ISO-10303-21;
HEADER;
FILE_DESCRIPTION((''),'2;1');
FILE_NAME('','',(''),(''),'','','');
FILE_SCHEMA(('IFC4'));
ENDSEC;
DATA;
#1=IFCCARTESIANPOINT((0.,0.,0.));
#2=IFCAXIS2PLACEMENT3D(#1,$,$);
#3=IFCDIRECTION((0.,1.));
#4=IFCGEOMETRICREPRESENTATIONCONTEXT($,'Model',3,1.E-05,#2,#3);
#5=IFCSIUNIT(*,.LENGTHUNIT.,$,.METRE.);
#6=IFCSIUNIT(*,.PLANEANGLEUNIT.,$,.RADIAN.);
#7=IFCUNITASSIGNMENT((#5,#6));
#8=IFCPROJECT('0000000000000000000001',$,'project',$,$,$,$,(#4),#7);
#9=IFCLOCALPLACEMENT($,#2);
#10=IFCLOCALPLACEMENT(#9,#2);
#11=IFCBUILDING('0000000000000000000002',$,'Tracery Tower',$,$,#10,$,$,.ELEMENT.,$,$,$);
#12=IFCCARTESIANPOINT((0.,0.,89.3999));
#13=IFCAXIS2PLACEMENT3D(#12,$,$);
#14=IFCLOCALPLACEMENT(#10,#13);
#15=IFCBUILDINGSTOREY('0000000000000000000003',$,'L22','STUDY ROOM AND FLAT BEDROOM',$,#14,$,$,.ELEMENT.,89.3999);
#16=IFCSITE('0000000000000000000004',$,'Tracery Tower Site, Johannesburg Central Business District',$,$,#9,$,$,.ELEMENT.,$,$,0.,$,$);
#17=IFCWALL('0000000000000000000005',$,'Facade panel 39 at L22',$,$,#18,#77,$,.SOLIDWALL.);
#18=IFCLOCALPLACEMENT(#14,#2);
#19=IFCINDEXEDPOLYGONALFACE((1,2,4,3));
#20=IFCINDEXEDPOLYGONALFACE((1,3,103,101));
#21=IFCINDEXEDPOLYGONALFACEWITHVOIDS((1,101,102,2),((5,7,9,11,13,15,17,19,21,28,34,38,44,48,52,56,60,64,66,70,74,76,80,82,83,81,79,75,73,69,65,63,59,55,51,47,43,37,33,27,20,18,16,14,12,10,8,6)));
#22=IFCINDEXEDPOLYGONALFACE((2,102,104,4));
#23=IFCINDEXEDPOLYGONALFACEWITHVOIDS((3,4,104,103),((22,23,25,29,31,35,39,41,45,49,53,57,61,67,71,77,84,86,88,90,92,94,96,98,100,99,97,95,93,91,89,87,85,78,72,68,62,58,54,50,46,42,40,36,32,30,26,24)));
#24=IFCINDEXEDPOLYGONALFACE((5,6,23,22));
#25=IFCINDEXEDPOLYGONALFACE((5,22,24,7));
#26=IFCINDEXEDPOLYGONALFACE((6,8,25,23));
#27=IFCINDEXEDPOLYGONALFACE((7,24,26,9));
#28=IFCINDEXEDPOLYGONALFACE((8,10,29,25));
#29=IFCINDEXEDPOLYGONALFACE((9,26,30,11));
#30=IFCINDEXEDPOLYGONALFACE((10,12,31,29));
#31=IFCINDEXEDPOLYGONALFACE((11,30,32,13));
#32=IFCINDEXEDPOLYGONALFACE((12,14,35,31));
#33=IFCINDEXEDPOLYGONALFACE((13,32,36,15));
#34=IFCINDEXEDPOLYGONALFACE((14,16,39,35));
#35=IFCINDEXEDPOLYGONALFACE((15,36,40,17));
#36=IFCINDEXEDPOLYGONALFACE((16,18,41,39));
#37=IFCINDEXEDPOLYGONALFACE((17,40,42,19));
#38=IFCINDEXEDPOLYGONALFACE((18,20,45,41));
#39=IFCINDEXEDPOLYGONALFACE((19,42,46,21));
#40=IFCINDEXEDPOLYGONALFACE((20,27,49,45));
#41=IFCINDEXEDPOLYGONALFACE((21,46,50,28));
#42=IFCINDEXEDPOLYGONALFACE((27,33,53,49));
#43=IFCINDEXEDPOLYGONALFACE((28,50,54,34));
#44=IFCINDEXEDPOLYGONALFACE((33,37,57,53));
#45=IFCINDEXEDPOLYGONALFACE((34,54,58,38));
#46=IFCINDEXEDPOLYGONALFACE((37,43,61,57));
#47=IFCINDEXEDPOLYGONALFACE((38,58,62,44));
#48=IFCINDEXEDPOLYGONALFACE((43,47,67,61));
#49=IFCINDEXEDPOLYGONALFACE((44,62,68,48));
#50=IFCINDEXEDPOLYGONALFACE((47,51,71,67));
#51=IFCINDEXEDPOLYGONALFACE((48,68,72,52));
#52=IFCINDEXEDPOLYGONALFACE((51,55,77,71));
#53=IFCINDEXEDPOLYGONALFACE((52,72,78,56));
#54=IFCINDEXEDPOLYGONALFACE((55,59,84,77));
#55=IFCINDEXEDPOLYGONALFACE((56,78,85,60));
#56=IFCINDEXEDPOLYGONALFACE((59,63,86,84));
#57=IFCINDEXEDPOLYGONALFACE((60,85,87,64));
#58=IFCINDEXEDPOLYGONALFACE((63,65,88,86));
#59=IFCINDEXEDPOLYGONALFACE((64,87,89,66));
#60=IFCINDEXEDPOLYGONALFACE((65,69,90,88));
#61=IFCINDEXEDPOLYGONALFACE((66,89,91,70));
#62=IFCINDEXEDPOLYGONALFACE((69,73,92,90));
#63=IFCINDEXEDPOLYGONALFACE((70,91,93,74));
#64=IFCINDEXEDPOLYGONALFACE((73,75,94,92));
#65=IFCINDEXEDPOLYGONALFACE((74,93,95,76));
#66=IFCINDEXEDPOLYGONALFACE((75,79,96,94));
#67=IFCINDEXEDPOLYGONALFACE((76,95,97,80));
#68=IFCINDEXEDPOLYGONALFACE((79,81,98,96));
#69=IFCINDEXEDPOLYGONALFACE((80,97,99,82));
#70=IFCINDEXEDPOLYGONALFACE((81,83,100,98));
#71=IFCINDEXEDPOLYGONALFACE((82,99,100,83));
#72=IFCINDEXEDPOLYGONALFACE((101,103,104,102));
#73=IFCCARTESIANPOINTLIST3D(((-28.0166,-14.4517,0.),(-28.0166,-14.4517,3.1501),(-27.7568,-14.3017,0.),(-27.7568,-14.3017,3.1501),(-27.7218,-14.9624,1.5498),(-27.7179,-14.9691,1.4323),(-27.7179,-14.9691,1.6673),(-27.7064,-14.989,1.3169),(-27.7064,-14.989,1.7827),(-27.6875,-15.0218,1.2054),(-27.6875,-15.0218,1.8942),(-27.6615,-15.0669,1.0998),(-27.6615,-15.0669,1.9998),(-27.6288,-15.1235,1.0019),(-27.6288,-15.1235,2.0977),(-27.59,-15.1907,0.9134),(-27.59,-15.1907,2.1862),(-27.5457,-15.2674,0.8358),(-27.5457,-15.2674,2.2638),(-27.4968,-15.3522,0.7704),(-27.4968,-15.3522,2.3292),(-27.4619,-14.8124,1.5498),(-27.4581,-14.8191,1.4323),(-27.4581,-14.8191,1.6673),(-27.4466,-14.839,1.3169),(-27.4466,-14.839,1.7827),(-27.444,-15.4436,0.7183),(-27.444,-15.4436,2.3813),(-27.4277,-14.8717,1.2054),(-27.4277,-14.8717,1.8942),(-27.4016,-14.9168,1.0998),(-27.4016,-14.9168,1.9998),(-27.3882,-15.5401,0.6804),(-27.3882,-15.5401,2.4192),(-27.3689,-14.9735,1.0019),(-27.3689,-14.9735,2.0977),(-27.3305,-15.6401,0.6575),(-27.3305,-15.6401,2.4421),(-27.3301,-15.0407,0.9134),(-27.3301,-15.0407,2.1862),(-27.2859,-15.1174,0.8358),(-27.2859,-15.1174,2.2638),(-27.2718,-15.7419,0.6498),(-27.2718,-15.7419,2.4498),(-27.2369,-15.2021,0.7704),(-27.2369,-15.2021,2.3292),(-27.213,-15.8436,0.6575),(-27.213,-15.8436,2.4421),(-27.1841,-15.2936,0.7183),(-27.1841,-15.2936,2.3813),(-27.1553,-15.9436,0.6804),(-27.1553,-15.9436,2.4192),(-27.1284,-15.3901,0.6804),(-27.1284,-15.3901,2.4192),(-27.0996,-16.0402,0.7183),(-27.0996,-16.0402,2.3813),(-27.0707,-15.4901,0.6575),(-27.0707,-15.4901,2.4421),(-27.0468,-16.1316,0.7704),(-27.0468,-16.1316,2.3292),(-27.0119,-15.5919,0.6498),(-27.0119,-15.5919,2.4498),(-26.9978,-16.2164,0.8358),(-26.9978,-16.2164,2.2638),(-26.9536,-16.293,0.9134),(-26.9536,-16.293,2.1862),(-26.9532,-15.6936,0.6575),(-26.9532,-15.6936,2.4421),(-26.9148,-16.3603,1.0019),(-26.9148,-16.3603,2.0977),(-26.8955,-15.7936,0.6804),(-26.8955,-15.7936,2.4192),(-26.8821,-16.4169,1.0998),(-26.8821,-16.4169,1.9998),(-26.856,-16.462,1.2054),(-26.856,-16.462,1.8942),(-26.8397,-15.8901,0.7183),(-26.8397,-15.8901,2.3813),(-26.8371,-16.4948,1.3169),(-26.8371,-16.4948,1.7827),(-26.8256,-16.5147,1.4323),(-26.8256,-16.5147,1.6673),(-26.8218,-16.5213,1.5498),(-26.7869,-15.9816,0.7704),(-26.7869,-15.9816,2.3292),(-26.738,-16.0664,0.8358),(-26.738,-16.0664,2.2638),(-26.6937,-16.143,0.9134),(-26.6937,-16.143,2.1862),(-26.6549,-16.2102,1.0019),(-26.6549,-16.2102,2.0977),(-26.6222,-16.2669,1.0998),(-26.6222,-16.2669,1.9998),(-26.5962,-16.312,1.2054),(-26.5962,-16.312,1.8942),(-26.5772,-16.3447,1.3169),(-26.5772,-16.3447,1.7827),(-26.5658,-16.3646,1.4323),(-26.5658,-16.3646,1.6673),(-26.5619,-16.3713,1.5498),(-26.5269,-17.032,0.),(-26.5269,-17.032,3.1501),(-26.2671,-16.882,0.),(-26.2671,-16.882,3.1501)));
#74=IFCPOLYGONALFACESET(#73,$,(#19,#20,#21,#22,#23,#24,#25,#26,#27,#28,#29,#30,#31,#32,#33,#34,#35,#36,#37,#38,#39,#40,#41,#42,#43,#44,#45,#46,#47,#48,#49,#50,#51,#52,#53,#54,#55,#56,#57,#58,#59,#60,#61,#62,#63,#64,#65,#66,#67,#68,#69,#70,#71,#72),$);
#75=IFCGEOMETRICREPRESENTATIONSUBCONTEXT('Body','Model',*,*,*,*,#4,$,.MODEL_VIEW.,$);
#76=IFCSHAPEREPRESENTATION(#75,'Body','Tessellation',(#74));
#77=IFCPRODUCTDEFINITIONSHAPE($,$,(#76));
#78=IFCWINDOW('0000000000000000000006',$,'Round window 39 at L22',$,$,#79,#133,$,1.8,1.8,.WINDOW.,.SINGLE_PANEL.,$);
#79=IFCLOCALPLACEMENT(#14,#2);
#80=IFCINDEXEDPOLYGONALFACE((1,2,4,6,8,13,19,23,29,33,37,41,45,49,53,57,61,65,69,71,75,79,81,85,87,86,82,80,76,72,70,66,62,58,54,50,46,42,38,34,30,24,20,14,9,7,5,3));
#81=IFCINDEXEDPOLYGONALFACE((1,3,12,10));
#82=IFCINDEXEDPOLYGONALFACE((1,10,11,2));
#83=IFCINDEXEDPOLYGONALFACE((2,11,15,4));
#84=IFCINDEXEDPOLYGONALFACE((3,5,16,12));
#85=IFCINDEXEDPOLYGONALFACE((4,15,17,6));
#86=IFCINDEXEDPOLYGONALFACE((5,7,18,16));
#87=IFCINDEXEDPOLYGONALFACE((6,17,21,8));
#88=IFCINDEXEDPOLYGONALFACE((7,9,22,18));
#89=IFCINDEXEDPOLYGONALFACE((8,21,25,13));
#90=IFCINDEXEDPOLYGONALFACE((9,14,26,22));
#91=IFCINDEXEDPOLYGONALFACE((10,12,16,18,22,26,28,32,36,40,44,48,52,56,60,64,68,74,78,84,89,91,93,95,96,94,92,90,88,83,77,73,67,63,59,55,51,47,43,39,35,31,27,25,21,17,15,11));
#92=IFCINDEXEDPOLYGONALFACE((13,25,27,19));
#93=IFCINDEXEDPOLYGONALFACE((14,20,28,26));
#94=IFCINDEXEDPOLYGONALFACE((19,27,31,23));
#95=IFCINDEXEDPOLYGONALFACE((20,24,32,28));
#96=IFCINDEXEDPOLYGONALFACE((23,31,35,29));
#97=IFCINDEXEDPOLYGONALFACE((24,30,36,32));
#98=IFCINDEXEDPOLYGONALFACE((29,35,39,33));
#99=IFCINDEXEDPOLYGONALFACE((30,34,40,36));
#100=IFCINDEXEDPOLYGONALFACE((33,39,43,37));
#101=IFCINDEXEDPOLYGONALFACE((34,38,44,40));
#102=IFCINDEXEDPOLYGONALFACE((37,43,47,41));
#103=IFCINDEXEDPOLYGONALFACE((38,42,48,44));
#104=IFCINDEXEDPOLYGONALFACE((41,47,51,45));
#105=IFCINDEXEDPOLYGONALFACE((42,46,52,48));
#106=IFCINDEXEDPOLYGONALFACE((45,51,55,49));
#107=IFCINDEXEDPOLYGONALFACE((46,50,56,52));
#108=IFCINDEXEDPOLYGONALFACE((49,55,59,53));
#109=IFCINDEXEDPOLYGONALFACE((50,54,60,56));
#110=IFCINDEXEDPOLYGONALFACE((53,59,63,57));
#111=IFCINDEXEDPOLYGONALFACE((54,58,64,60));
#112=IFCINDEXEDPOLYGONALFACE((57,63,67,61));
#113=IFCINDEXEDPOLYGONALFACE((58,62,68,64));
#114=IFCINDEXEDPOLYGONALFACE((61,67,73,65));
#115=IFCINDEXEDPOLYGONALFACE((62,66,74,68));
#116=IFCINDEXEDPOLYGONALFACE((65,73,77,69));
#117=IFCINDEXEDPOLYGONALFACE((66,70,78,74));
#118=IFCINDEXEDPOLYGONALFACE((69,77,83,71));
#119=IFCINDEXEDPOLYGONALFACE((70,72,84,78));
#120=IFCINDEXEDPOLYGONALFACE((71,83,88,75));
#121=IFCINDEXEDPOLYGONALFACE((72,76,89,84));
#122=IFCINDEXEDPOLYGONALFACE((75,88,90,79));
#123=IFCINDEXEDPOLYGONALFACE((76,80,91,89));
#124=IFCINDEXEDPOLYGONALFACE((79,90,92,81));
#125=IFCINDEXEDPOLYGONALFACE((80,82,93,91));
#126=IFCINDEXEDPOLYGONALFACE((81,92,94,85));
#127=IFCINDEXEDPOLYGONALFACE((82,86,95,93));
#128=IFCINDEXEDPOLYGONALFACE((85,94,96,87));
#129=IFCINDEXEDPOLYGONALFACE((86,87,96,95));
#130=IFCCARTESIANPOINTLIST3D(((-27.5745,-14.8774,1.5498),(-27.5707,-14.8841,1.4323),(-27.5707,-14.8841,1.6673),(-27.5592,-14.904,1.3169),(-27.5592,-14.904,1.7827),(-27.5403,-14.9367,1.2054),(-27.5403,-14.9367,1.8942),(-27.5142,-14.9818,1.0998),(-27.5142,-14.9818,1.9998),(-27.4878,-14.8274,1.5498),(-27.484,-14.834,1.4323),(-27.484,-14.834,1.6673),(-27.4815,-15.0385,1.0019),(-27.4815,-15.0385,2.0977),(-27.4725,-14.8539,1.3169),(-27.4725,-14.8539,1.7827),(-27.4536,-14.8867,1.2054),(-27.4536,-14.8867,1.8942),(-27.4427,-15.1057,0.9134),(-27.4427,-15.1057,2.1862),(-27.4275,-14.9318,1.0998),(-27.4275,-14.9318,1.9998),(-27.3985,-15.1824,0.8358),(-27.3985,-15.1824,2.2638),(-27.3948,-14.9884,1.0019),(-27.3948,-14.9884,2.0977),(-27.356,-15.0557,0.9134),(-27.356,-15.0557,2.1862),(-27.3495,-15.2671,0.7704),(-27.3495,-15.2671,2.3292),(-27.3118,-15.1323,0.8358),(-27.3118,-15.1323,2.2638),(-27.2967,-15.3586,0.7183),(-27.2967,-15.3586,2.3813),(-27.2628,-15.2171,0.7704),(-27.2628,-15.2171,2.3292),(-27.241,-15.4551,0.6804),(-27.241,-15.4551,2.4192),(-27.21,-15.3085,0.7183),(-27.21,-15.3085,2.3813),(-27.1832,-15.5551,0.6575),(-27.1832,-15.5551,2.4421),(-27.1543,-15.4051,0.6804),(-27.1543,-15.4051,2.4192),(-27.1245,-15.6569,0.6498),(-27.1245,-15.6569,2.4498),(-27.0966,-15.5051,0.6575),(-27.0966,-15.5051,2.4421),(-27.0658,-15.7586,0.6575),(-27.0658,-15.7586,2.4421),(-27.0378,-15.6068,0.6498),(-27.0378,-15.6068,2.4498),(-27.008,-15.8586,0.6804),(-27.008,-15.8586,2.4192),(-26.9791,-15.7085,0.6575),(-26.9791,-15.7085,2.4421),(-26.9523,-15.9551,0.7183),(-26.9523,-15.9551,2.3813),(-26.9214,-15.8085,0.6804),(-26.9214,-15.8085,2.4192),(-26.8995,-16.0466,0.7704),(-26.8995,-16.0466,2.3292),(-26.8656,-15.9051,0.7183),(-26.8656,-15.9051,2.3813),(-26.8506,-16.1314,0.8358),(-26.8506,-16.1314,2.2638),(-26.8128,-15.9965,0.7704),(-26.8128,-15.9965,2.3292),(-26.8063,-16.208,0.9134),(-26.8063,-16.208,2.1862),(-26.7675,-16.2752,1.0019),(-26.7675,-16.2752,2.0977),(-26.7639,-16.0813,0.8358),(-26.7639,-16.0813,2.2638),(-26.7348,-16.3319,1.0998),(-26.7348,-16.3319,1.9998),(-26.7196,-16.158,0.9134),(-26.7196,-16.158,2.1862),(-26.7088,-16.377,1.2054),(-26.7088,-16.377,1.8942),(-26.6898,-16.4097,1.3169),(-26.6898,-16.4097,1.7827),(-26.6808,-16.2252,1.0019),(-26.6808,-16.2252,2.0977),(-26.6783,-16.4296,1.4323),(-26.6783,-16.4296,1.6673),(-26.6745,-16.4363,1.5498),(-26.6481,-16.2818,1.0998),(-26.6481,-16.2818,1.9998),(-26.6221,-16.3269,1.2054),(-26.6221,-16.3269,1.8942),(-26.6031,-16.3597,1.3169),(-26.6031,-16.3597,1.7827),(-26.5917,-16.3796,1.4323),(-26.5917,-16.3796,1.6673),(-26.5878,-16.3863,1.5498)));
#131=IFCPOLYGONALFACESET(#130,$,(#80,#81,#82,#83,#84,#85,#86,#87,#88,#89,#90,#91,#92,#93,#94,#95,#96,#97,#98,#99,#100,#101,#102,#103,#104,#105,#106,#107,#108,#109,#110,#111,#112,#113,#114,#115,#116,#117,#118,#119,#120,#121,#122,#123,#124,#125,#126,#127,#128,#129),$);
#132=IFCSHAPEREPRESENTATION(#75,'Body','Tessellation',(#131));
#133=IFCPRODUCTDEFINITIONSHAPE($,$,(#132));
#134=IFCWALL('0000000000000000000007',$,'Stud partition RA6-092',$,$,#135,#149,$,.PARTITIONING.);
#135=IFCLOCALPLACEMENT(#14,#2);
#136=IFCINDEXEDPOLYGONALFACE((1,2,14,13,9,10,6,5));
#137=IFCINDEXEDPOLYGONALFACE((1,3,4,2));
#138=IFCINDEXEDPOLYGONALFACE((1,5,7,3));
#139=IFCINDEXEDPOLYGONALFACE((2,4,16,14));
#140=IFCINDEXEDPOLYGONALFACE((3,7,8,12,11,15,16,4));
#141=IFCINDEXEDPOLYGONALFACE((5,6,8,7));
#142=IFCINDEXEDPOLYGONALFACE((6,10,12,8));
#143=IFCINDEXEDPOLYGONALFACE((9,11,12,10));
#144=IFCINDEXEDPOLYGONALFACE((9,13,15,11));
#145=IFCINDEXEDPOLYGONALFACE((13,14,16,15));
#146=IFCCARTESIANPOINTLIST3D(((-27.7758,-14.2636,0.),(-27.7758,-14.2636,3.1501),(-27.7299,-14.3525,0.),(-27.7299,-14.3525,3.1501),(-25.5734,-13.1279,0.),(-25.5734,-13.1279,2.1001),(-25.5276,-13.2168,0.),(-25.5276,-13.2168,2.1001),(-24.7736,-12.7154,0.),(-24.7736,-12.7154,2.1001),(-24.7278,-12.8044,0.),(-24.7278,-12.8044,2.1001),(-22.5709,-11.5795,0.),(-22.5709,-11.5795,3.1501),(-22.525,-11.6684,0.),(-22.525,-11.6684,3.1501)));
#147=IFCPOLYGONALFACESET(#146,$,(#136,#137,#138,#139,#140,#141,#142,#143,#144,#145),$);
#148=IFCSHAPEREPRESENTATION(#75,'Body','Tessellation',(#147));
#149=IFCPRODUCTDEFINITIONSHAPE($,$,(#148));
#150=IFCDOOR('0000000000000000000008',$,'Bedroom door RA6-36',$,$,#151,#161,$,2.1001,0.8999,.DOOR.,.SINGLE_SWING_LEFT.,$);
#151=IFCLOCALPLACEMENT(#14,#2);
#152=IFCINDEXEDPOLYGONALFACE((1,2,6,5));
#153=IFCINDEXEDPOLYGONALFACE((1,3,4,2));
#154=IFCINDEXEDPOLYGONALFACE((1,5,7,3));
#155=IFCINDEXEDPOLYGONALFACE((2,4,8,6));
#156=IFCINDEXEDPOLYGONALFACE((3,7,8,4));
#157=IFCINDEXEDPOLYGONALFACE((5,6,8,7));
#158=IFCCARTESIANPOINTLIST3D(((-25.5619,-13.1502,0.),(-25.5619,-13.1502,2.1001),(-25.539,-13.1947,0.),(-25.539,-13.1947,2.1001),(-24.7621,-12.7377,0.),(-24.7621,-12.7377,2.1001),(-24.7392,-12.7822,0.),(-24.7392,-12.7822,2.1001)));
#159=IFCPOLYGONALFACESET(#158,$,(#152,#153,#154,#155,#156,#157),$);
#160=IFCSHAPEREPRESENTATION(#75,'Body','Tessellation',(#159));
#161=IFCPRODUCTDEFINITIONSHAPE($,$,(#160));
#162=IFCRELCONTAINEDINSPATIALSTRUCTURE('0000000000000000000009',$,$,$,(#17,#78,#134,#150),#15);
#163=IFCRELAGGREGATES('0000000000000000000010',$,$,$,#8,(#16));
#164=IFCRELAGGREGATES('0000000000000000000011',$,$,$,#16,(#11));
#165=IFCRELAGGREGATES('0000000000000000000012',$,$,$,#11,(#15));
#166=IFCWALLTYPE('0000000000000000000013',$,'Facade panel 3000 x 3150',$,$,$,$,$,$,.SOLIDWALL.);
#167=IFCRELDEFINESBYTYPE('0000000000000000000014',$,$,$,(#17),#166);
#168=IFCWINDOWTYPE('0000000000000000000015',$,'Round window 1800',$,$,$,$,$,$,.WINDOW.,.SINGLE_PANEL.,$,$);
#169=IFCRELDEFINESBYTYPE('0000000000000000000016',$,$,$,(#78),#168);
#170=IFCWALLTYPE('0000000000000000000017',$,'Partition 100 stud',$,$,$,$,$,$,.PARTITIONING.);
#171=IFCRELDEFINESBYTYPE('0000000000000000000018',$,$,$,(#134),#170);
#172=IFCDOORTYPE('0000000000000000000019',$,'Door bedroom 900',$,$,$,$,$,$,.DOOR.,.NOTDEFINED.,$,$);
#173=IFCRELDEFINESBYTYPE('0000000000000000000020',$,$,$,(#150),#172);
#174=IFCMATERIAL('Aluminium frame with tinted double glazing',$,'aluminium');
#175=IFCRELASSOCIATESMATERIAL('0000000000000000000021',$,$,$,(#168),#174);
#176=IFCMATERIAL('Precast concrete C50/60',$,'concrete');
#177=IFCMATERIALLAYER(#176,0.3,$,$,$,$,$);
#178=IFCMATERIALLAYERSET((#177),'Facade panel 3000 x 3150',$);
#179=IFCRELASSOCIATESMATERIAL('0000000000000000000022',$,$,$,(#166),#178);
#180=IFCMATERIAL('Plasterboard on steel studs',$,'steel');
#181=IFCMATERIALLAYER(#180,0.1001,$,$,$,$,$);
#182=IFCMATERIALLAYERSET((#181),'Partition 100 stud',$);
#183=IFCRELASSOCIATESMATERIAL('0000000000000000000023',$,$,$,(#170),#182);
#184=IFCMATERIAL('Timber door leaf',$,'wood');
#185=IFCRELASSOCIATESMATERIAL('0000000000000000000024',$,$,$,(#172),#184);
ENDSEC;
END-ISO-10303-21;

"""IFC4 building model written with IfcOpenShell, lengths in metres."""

from ifc_helpers import new_model, si_unit, direction, frame, frame_2d, origin, origin_2d, place, context, subcontext, project, spatial, rectangle, circle, extrude, material, layer, layer_set, type_object, element, fill, save


model = new_model("IFC4")

# Units and contexts
model_context = context("Model", 3, precision=1e-05, world=origin(), true_north=direction((0.0, 1.0)))
body_context = subcontext(model_context, "Body", "Model", "MODEL_VIEW")
ifc_project = project(units=[si_unit("LENGTHUNIT", "METRE"), si_unit("PLANEANGLEUNIT", "RADIAN")], contexts=[model_context])

# Site, building, storey
site_placement = place(None, origin())
site = spatial("IfcSite", under=ifc_project, at=site_placement, Name="Tracery Tower Site, Johannesburg Central Business District", CompositionType="ELEMENT", RefElevation=0.0)
building_placement = place(site_placement, origin())
building = spatial("IfcBuilding", under=site, at=building_placement, Name="Tracery Tower", CompositionType="ELEMENT")
storey_placement = place(building_placement, frame((0.0, 0.0, 89.3999)))
storey = spatial("IfcBuildingStorey", under=building, at=storey_placement, Name="L22", Description="STUDY ROOM AND FLAT BEDROOM", CompositionType="ELEMENT", Elevation=89.3999)

# Wall, opening, window
ifc_material_1 = material(Name="Aluminium frame with tinted double glazing", Category="aluminium")
window_type = type_object("IfcWindowType", Name="Round window 1800", PartitioningType="SINGLE_PANEL", PredefinedType="WINDOW", material=ifc_material_1)
ifc_material_2 = material(Name="Precast concrete C50/60", Category="concrete")
ifc_layer_1 = layer(ifc_material_2, 0.3)
ifc_layer_set_1 = layer_set([ifc_layer_1], Name="Facade panel 3000 x 3150")
wall_type_1 = type_object("IfcWallType", Name="Facade panel 3000 x 3150", PredefinedType="SOLIDWALL", material=ifc_layer_set_1)
wall_1_placement = place(storey_placement, frame((-27.8867, -14.3767, 0.0), z_axis=(0.0, 0.0, 1.0), x_axis=(0.499999, -0.866026, 0.0)))
wall_1 = element("IfcWall", 1, at=wall_1_placement, inside=storey, type_object=wall_type_1, Name="Facade panel 39 at L22", PredefinedType="SOLIDWALL", context=body_context, shape_type="SweptSolid", body=[
    extrude(rectangle(XDim=2.9795, YDim=0.3, at=frame_2d((1.4897, 0.0))), origin(), (0.0, 0.0, 1.0), 3.1501),
])
opening_1_placement = place(wall_1_placement, frame((1.4897, 0.0, 1.5498)))
opening_1 = element("IfcOpeningElement", 2, at=opening_1_placement, cuts=wall_1, PredefinedType="OPENING", context=body_context, shape_type="SweptSolid", body=[
    extrude(circle(Radius=0.9, at=origin_2d()), frame((0.0, 0.1599, 0.0), z_axis=(0.0, -1.0, 0.0), x_axis=(1.0, 0.0, 0.0)), (0.0, 0.0, 1.0), 0.3201),
])
window_1_placement = place(opening_1_placement, origin())
window_1 = element("IfcWindow", 3, at=window_1_placement, inside=storey, type_object=window_type, Name="Round window 39 at L22", OverallHeight=1.8, OverallWidth=1.8, PartitioningType="SINGLE_PANEL", PredefinedType="WINDOW", context=body_context, shape_type="SweptSolid", body=[
    extrude(circle(Radius=0.9, at=origin_2d()), frame((0.0, 0.1201, 0.0), z_axis=(0.0, -1.0, 0.0), x_axis=(1.0, 0.0, 0.0)), (0.0, 0.0, 1.0), 0.1001),
])
fill(opening_1, window_1)

# Wall, opening, door
ifc_material_3 = material(Name="Plasterboard on steel studs", Category="steel")
ifc_layer_2 = layer(ifc_material_3, 0.1001)
ifc_layer_set_2 = layer_set([ifc_layer_2], Name="Partition 100 stud")
wall_type_2 = type_object("IfcWallType", Name="Partition 100 stud", PredefinedType="PARTITIONING", material=ifc_layer_set_2)
wall_2_placement = place(storey_placement, frame((-27.7529, -14.3081, 0.0), z_axis=(0.0, 0.0, 1.0), x_axis=(0.88878, 0.458335, 0.0)))
wall_2 = element("IfcWall", 4, at=wall_2_placement, inside=storey, type_object=wall_type_2, Name="Stud partition RA6-092", PredefinedType="PARTITIONING", context=body_context, shape_type="SweptSolid", body=[
    extrude(rectangle(XDim=5.8562, YDim=0.1001, at=frame_2d((2.9282, 0.0))), origin(), (0.0, 0.0, 1.0), 3.1501),
])
opening_2_placement = place(wall_2_placement, frame((2.478, 0.0, 0.0)))
opening_2 = element("IfcOpeningElement", 5, at=opening_2_placement, cuts=wall_2, PredefinedType="OPENING", context=body_context, shape_type="SweptSolid", body=[
    extrude(rectangle(XDim=0.8999, YDim=2.1001, at=frame_2d((0.45, 1.05))), frame((0.0, 0.05, 0.0), z_axis=(0.0, -1.0, 0.0), x_axis=(1.0, 0.0, 0.0)), (0.0, 0.0, 1.0), 0.1001),
])
ifc_material_4 = material(Name="Timber door leaf", Category="wood")
door_type_1 = type_object("IfcDoorType", Name="Door bedroom 900", OperationType="NOTDEFINED", PredefinedType="DOOR", material=ifc_material_4)
door_1_placement = place(opening_2_placement, origin())
door_1 = element("IfcDoor", 6, at=door_1_placement, inside=storey, type_object=door_type_1, Name="Bedroom door RA6-36", OperationType="SINGLE_SWING_LEFT", OverallHeight=2.1001, OverallWidth=0.8999, PredefinedType="DOOR", context=body_context, shape_type="SweptSolid", body=[
    extrude(rectangle(XDim=0.8999, YDim=2.1001, at=frame_2d((0.45, 1.05))), frame((0.0, 0.0249, 0.0), z_axis=(0.0, -1.0, 0.0), x_axis=(1.0, 0.0, 0.0)), (0.0, 0.0, 1.0), 0.05),
])
fill(opening_2, door_1)

save(model, "model.ifc")
